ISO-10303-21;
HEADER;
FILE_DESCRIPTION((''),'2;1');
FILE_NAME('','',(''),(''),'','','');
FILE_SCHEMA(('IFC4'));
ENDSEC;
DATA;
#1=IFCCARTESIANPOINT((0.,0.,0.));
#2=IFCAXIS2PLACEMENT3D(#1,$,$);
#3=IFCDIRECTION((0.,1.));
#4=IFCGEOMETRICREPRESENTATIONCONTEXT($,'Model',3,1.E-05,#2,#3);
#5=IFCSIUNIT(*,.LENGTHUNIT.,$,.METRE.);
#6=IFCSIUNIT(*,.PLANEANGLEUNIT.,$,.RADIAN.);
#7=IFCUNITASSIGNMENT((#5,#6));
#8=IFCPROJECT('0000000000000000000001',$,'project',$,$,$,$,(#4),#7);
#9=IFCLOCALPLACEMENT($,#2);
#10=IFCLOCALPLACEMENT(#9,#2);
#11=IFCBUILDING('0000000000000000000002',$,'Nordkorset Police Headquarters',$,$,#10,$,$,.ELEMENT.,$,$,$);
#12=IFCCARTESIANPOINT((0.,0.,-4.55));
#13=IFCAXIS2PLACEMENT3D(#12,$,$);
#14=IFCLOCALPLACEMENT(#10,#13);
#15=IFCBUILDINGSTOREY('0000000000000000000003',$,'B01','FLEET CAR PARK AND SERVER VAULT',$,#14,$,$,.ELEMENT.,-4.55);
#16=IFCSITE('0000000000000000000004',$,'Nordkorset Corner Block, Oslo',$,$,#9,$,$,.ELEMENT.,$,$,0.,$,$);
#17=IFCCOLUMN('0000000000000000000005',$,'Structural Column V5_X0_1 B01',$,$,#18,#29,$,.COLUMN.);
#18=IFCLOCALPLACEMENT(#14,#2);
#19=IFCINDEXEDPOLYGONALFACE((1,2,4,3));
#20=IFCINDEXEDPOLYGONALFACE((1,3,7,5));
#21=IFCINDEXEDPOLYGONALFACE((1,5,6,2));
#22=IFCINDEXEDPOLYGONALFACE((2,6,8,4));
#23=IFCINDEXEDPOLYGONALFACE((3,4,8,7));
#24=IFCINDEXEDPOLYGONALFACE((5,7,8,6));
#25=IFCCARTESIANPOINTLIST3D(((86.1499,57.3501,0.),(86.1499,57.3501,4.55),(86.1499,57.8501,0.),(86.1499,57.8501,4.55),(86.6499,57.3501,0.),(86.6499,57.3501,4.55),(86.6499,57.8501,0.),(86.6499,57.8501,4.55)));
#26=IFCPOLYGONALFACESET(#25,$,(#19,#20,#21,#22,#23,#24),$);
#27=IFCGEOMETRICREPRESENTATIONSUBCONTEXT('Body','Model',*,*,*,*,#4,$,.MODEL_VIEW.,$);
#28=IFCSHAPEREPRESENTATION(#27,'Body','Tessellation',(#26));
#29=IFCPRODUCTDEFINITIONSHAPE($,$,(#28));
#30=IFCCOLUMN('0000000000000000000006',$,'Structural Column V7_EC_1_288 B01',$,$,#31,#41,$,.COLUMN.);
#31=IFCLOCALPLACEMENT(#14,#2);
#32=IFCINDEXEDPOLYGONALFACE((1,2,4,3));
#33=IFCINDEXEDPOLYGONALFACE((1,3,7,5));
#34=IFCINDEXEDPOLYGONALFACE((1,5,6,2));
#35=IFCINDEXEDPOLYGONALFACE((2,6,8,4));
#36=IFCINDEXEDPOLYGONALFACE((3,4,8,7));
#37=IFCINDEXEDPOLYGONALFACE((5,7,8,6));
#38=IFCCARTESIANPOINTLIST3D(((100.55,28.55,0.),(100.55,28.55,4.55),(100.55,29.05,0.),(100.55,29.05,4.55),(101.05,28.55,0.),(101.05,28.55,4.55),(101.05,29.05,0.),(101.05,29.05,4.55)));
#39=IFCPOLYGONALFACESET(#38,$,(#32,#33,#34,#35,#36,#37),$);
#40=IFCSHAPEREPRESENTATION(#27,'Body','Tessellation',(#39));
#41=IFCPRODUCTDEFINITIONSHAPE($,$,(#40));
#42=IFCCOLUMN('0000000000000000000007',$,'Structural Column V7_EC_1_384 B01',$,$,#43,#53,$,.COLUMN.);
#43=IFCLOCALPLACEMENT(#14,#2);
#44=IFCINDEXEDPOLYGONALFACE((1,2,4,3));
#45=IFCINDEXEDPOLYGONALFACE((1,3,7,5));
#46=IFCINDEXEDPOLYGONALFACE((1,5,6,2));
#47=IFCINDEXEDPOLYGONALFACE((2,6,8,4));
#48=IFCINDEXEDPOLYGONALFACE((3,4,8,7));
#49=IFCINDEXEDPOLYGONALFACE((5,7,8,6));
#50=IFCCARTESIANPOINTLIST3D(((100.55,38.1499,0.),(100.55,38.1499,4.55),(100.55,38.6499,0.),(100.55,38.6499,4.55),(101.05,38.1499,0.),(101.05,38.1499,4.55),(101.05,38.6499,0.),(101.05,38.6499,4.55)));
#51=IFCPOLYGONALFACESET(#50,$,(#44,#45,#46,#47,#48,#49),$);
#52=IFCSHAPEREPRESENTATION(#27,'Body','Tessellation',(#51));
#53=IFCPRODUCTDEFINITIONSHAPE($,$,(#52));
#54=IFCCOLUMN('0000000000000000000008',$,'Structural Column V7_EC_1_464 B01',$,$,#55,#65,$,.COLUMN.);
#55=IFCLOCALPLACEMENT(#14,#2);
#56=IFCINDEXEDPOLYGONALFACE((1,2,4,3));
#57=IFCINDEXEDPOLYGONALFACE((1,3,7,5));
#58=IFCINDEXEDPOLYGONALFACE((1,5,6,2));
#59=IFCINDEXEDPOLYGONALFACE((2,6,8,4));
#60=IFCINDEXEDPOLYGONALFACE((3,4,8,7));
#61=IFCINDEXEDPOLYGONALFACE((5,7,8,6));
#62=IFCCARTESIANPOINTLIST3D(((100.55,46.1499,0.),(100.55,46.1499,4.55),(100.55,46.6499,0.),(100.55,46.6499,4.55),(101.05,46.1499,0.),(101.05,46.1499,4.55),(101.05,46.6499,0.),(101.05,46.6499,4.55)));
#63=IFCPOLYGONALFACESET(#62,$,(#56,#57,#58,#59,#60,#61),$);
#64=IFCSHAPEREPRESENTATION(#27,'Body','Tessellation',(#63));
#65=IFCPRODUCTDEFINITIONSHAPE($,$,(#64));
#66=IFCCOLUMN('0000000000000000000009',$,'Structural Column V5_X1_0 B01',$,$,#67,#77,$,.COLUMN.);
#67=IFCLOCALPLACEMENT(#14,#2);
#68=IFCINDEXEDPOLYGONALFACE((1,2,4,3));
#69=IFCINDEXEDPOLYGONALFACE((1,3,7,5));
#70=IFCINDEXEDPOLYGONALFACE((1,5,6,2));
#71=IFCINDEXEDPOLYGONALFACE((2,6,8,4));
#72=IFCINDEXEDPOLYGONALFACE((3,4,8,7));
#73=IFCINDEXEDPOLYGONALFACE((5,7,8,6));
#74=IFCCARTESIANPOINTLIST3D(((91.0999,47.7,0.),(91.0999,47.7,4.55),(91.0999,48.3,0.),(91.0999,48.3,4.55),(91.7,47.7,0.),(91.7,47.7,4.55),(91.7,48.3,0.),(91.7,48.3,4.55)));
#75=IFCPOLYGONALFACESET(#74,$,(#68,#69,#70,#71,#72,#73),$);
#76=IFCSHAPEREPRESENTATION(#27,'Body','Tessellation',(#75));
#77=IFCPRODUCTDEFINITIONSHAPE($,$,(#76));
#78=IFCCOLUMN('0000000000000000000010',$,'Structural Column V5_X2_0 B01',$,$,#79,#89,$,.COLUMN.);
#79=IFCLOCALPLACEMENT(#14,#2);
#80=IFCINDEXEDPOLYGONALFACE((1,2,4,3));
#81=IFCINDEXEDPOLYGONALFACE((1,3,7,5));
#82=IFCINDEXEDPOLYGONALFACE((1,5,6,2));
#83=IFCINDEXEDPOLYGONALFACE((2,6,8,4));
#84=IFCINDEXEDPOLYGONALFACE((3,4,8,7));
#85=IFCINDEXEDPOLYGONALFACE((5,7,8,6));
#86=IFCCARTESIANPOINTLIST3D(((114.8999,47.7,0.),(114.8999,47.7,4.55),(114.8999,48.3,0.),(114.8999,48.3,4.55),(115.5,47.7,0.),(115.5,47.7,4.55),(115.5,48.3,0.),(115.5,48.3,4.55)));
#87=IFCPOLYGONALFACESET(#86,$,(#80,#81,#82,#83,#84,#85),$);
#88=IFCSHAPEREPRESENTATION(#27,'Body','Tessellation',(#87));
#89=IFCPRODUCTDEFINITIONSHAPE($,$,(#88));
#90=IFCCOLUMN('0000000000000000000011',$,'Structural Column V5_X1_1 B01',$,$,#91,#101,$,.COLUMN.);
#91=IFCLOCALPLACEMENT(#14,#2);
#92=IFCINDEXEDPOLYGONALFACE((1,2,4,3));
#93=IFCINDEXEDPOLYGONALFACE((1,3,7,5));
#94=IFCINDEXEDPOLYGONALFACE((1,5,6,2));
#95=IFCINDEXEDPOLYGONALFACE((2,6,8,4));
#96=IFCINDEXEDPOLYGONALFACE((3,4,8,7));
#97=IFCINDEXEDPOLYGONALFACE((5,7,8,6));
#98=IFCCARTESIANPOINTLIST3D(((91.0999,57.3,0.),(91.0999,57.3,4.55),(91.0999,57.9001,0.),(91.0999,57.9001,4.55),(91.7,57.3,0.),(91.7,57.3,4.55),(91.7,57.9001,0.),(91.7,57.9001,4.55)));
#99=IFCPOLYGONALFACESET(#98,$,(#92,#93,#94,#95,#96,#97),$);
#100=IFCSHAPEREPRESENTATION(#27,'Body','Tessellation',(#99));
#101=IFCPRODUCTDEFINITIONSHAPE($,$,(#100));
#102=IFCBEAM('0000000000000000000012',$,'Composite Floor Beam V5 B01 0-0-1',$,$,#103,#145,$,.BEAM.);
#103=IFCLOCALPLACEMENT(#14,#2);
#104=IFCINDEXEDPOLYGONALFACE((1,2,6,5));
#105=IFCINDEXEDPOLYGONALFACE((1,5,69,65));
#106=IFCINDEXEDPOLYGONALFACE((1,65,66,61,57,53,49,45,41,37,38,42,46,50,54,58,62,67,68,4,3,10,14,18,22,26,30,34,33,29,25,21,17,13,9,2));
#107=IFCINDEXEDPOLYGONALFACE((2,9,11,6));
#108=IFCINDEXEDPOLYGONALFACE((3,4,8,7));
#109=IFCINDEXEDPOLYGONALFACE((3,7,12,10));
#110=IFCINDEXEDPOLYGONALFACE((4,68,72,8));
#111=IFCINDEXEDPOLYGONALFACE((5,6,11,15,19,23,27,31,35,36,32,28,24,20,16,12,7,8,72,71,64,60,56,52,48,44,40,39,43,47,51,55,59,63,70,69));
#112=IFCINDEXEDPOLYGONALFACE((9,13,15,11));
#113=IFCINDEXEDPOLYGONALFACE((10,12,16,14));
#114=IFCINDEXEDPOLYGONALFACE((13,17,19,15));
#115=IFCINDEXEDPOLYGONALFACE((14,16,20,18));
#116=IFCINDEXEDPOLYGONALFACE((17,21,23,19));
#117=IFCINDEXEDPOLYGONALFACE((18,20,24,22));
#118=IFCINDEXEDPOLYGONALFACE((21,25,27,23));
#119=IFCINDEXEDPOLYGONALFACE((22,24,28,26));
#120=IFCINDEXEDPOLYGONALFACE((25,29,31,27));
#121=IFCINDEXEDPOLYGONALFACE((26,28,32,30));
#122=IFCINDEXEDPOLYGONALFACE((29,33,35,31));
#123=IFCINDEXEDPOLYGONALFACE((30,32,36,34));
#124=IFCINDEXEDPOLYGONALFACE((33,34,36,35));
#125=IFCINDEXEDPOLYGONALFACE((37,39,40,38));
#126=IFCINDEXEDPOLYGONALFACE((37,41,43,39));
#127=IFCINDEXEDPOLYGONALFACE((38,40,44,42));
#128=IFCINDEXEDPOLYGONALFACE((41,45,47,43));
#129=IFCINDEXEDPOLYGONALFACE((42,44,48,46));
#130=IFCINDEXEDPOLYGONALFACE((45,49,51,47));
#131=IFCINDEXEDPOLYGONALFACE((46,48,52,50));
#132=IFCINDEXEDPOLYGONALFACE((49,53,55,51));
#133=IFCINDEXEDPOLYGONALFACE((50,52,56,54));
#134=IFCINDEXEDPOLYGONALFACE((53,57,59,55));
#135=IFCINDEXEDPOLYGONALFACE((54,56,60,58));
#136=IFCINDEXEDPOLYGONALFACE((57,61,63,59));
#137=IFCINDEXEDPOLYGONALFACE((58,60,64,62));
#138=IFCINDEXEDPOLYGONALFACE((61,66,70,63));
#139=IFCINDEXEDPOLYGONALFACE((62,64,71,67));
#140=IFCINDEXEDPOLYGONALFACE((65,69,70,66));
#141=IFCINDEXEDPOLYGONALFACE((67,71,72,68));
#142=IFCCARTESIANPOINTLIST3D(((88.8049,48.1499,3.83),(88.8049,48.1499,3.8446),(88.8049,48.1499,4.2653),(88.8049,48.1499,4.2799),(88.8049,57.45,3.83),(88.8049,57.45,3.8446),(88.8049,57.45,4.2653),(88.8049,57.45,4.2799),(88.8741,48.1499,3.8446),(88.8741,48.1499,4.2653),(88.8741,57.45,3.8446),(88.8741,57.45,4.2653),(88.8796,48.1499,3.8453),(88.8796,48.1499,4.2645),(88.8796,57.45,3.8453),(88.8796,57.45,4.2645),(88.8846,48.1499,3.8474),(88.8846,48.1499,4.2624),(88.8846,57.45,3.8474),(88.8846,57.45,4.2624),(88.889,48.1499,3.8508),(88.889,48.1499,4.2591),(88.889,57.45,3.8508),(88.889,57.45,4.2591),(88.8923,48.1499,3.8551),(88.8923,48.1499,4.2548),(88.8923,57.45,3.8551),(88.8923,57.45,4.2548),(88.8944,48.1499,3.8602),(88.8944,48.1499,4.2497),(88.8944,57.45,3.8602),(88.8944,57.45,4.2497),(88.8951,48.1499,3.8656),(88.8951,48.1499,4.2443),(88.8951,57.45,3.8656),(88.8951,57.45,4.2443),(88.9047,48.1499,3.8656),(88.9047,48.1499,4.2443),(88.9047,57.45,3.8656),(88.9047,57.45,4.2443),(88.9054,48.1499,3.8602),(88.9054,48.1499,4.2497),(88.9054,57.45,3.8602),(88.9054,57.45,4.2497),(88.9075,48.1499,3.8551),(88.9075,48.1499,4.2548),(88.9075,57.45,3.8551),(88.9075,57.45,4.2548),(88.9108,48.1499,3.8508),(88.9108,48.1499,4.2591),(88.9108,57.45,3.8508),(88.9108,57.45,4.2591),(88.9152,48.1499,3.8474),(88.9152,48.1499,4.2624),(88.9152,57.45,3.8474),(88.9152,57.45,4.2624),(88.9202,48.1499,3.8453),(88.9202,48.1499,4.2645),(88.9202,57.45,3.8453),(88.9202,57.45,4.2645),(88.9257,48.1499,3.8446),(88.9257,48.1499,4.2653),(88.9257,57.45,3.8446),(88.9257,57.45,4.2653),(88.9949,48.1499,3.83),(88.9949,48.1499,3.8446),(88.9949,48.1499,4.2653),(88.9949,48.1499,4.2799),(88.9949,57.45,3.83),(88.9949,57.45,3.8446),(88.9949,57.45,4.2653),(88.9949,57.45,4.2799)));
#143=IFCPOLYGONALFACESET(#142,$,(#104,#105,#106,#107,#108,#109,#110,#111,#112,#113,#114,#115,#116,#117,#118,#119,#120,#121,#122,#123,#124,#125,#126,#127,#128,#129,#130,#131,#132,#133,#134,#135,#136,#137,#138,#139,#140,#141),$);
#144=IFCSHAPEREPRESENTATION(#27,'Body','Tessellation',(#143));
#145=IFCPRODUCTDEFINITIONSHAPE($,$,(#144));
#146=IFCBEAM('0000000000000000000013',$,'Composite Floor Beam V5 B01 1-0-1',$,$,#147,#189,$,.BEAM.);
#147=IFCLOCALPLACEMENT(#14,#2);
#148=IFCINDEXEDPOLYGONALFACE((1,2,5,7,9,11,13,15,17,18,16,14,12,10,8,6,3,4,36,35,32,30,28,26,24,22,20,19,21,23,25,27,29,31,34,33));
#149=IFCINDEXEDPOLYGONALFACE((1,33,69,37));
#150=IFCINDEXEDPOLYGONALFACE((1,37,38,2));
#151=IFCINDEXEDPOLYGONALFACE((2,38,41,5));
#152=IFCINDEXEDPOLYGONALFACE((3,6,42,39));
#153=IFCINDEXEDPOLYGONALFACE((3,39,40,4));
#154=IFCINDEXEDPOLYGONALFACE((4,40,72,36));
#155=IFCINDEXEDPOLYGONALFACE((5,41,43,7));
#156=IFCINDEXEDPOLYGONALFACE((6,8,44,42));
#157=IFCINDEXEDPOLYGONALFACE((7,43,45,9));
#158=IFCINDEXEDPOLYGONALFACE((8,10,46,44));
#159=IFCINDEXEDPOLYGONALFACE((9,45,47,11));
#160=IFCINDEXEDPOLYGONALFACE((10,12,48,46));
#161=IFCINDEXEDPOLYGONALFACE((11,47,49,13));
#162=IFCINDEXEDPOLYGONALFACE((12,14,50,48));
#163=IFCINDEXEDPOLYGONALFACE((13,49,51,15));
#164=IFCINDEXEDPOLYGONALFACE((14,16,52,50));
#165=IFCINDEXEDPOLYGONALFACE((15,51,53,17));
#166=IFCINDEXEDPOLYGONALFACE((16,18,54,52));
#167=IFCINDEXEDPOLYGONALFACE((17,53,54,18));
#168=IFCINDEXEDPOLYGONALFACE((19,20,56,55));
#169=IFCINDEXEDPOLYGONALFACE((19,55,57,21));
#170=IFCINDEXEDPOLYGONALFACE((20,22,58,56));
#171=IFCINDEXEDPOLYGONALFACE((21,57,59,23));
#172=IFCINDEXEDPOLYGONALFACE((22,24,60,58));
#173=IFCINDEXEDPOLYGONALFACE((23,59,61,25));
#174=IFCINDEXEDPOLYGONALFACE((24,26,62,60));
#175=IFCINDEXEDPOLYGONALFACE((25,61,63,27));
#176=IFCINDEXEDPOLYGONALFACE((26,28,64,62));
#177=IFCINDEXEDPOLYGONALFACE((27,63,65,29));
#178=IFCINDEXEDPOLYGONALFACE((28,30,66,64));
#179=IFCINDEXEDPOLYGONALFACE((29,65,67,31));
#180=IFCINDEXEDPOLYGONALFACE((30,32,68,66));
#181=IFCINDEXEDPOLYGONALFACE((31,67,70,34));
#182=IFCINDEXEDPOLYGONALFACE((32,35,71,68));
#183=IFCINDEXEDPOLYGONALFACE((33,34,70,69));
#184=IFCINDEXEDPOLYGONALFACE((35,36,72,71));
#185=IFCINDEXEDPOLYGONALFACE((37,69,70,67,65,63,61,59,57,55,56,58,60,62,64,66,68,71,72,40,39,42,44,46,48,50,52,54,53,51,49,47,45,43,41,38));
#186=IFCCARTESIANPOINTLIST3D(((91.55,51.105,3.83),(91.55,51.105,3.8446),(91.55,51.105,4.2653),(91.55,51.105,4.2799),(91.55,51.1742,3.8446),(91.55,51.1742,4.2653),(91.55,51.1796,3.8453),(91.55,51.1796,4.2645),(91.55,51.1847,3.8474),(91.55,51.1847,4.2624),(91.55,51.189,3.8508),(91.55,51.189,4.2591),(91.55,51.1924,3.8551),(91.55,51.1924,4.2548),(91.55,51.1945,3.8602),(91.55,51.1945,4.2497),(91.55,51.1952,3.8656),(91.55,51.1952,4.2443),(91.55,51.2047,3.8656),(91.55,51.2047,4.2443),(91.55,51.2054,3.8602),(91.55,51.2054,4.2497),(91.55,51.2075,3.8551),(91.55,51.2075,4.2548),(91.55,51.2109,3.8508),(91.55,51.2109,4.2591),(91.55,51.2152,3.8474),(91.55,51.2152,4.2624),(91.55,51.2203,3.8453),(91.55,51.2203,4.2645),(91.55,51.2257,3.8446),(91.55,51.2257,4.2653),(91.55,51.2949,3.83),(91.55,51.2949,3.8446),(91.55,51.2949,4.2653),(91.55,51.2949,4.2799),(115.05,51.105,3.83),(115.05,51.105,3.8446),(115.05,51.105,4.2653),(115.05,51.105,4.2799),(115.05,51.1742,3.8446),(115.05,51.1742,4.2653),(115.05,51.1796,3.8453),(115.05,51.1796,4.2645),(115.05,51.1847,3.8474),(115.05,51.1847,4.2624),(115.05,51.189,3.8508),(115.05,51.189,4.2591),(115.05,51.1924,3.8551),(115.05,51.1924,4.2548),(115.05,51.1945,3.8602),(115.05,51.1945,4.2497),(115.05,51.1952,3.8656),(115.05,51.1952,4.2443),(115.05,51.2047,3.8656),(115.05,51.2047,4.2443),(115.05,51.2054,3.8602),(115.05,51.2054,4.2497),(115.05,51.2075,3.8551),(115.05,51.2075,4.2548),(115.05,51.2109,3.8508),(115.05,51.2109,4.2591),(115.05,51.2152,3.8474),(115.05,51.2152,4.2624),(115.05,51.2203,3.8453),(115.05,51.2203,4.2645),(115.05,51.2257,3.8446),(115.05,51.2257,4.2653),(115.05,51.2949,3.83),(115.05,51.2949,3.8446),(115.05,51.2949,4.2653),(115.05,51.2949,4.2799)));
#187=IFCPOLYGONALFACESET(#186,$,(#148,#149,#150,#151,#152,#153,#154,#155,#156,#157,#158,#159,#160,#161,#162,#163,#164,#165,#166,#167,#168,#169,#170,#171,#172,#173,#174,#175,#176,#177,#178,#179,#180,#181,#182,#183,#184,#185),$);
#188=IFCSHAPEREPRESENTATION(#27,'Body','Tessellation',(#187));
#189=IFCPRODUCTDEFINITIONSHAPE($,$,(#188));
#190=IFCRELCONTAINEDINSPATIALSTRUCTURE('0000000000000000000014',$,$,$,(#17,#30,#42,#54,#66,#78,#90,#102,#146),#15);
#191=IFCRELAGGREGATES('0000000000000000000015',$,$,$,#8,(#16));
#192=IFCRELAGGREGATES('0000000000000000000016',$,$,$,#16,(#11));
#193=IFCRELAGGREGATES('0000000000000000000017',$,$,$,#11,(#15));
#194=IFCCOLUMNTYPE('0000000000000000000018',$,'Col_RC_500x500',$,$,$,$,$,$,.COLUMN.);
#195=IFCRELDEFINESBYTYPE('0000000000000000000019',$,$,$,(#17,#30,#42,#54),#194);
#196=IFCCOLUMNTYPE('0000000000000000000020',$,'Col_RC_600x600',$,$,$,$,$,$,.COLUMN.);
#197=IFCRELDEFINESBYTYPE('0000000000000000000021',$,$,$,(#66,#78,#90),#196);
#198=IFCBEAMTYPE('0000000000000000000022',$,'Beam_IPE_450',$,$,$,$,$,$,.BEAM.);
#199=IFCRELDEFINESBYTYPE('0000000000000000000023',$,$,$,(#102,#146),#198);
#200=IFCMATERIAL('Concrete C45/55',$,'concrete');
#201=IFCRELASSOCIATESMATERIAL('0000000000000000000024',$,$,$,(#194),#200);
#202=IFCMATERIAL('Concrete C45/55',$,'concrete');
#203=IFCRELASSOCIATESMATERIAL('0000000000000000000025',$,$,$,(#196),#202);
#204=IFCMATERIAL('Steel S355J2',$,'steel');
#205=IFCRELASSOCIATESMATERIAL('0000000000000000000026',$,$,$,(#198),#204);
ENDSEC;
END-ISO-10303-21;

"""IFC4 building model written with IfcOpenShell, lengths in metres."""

from ifc_helpers import new_model, si_unit, direction, frame, origin, origin_2d, place, context, subcontext, project, spatial, rectangle, i_section, extrude, material, material_profile, profile_set, type_object, element, save


model = new_model("IFC4")

# Units and contexts
model_context = context("Model", 3, precision=1e-05, world=origin(), true_north=direction((0.0, 1.0)))
body_context = subcontext(model_context, "Body", "Model", "MODEL_VIEW")
ifc_project = project(units=[si_unit("LENGTHUNIT", "METRE"), si_unit("PLANEANGLEUNIT", "RADIAN")], contexts=[model_context])

# Site, building, storey
site_placement = place(None, origin())
site = spatial("IfcSite", under=ifc_project, at=site_placement, Name="Nordkorset Corner Block, Oslo", CompositionType="ELEMENT", RefElevation=0.0)
building_placement = place(site_placement, origin())
building = spatial("IfcBuilding", under=site, at=building_placement, Name="Nordkorset Police Headquarters", CompositionType="ELEMENT")
storey_placement = place(building_placement, frame((0.0, 0.0, -4.55)))
storey = spatial("IfcBuildingStorey", under=building, at=storey_placement, Name="B01", Description="FLEET CAR PARK AND SERVER VAULT", CompositionType="ELEMENT", Elevation=-4.55)

# Columns
ifc_material_1 = material(Name="Concrete C45/55", Category="concrete")
ifc_material_profile_1 = material_profile(ifc_material_1, rectangle(XDim=0.5, YDim=0.5, at=origin_2d()), Name="RC 500x500")
ifc_profile_set_1 = profile_set([ifc_material_profile_1], Name="Concrete C45/55")
column_type_1 = type_object("IfcColumnType", Name="Col_RC_500x500", PredefinedType="COLUMN", material=ifc_profile_set_1)
for number, where, z_axis, x_axis, name in (
    (1, (86.3999, 57.6001, 0.0), (0.0, 0.0, 1.0), (1.0, 0.0, 0.0), "Structural Column V5_X0_1 B01"),
    (2, (100.8, 28.8, 0.0), (0.0, 0.0, 1.0), (1.0, 0.0, 0.0), "Structural Column V7_EC_1_288 B01"),
    (3, (100.8, 38.3999, 0.0), (0.0, 0.0, 1.0), (1.0, 0.0, 0.0), "Structural Column V7_EC_1_384 B01"),
    (4, (100.8, 46.3999, 0.0), (0.0, 0.0, 1.0), (1.0, 0.0, 0.0), "Structural Column V7_EC_1_464 B01"),
):
    element("IfcColumn", number, at=place(storey_placement, frame(where, z_axis=z_axis, x_axis=x_axis)), inside=storey, type_object=column_type_1, Name=name, PredefinedType="COLUMN", context=body_context, shape_type="SweptSolid", body=[
        extrude(rectangle(XDim=0.5, YDim=0.5, at=origin_2d()), origin(), (0.0, 0.0, 1.0), 4.55),
    ])
ifc_material_2 = material(Name="Concrete C45/55", Category="concrete")
ifc_material_profile_2 = material_profile(ifc_material_2, rectangle(XDim=0.6001, YDim=0.6001, at=origin_2d()), Name="RC 600x600")
ifc_profile_set_2 = profile_set([ifc_material_profile_2], Name="Concrete C45/55")
column_type_2 = type_object("IfcColumnType", Name="Col_RC_600x600", PredefinedType="COLUMN", material=ifc_profile_set_2)
for number, where, z_axis, x_axis, name in (
    (5, (91.3999, 48.0, 0.0), (0.0, 0.0, 1.0), (1.0, 0.0, 0.0), "Structural Column V5_X1_0 B01"),
    (6, (115.2, 48.0, 0.0), (0.0, 0.0, 1.0), (1.0, 0.0, 0.0), "Structural Column V5_X2_0 B01"),
    (7, (91.3999, 57.6001, 0.0), (0.0, 0.0, 1.0), (1.0, 0.0, 0.0), "Structural Column V5_X1_1 B01"),
):
    element("IfcColumn", number, at=place(storey_placement, frame(where, z_axis=z_axis, x_axis=x_axis)), inside=storey, type_object=column_type_2, Name=name, PredefinedType="COLUMN", context=body_context, shape_type="SweptSolid", body=[
        extrude(rectangle(XDim=0.6001, YDim=0.6001, at=origin_2d()), origin(), (0.0, 0.0, 1.0), 4.55),
    ])

# Beams
ifc_material_3 = material(Name="Steel S355J2", Category="steel")
ifc_material_profile_3 = material_profile(ifc_material_3, i_section(OverallWidth=0.1899, OverallDepth=0.45, WebThickness=0.0095, FlangeThickness=0.0146, FilletRadius=0.021, at=origin_2d()), Name="IPE 450")
ifc_profile_set_3 = profile_set([ifc_material_profile_3], Name="Steel S355J2")
beam_type_1 = type_object("IfcBeamType", Name="Beam_IPE_450", PredefinedType="BEAM", material=ifc_profile_set_3)
beam_1_placement = place(storey_placement, frame((88.8999, 48.1499, 4.0549), z_axis=(0.0, 1.0, 0.0), x_axis=(-1.0, 0.0, 0.0)))
element("IfcBeam", 8, at=beam_1_placement, inside=storey, type_object=beam_type_1, Name="Composite Floor Beam V5 B01 0-0-1", PredefinedType="BEAM", context=body_context, shape_type="SweptSolid", body=[
    extrude(i_section(OverallWidth=0.1899, OverallDepth=0.45, WebThickness=0.0095, FlangeThickness=0.0146, FilletRadius=0.021, at=origin_2d()), origin(), (0.0, 0.0, 1.0), 9.3),
])
beam_2_placement = place(storey_placement, frame((91.55, 51.2, 4.0549), z_axis=(1.0, 0.0, 0.0), x_axis=(0.0, 1.0, 0.0)))
element("IfcBeam", 9, at=beam_2_placement, inside=storey, type_object=beam_type_1, Name="Composite Floor Beam V5 B01 1-0-1", PredefinedType="BEAM", context=body_context, shape_type="SweptSolid", body=[
    extrude(i_section(OverallWidth=0.1899, OverallDepth=0.45, WebThickness=0.0095, FlangeThickness=0.0146, FilletRadius=0.021, at=origin_2d()), origin(), (0.0, 0.0, 1.0), 23.5),
])

save(model, "model.ifc")
